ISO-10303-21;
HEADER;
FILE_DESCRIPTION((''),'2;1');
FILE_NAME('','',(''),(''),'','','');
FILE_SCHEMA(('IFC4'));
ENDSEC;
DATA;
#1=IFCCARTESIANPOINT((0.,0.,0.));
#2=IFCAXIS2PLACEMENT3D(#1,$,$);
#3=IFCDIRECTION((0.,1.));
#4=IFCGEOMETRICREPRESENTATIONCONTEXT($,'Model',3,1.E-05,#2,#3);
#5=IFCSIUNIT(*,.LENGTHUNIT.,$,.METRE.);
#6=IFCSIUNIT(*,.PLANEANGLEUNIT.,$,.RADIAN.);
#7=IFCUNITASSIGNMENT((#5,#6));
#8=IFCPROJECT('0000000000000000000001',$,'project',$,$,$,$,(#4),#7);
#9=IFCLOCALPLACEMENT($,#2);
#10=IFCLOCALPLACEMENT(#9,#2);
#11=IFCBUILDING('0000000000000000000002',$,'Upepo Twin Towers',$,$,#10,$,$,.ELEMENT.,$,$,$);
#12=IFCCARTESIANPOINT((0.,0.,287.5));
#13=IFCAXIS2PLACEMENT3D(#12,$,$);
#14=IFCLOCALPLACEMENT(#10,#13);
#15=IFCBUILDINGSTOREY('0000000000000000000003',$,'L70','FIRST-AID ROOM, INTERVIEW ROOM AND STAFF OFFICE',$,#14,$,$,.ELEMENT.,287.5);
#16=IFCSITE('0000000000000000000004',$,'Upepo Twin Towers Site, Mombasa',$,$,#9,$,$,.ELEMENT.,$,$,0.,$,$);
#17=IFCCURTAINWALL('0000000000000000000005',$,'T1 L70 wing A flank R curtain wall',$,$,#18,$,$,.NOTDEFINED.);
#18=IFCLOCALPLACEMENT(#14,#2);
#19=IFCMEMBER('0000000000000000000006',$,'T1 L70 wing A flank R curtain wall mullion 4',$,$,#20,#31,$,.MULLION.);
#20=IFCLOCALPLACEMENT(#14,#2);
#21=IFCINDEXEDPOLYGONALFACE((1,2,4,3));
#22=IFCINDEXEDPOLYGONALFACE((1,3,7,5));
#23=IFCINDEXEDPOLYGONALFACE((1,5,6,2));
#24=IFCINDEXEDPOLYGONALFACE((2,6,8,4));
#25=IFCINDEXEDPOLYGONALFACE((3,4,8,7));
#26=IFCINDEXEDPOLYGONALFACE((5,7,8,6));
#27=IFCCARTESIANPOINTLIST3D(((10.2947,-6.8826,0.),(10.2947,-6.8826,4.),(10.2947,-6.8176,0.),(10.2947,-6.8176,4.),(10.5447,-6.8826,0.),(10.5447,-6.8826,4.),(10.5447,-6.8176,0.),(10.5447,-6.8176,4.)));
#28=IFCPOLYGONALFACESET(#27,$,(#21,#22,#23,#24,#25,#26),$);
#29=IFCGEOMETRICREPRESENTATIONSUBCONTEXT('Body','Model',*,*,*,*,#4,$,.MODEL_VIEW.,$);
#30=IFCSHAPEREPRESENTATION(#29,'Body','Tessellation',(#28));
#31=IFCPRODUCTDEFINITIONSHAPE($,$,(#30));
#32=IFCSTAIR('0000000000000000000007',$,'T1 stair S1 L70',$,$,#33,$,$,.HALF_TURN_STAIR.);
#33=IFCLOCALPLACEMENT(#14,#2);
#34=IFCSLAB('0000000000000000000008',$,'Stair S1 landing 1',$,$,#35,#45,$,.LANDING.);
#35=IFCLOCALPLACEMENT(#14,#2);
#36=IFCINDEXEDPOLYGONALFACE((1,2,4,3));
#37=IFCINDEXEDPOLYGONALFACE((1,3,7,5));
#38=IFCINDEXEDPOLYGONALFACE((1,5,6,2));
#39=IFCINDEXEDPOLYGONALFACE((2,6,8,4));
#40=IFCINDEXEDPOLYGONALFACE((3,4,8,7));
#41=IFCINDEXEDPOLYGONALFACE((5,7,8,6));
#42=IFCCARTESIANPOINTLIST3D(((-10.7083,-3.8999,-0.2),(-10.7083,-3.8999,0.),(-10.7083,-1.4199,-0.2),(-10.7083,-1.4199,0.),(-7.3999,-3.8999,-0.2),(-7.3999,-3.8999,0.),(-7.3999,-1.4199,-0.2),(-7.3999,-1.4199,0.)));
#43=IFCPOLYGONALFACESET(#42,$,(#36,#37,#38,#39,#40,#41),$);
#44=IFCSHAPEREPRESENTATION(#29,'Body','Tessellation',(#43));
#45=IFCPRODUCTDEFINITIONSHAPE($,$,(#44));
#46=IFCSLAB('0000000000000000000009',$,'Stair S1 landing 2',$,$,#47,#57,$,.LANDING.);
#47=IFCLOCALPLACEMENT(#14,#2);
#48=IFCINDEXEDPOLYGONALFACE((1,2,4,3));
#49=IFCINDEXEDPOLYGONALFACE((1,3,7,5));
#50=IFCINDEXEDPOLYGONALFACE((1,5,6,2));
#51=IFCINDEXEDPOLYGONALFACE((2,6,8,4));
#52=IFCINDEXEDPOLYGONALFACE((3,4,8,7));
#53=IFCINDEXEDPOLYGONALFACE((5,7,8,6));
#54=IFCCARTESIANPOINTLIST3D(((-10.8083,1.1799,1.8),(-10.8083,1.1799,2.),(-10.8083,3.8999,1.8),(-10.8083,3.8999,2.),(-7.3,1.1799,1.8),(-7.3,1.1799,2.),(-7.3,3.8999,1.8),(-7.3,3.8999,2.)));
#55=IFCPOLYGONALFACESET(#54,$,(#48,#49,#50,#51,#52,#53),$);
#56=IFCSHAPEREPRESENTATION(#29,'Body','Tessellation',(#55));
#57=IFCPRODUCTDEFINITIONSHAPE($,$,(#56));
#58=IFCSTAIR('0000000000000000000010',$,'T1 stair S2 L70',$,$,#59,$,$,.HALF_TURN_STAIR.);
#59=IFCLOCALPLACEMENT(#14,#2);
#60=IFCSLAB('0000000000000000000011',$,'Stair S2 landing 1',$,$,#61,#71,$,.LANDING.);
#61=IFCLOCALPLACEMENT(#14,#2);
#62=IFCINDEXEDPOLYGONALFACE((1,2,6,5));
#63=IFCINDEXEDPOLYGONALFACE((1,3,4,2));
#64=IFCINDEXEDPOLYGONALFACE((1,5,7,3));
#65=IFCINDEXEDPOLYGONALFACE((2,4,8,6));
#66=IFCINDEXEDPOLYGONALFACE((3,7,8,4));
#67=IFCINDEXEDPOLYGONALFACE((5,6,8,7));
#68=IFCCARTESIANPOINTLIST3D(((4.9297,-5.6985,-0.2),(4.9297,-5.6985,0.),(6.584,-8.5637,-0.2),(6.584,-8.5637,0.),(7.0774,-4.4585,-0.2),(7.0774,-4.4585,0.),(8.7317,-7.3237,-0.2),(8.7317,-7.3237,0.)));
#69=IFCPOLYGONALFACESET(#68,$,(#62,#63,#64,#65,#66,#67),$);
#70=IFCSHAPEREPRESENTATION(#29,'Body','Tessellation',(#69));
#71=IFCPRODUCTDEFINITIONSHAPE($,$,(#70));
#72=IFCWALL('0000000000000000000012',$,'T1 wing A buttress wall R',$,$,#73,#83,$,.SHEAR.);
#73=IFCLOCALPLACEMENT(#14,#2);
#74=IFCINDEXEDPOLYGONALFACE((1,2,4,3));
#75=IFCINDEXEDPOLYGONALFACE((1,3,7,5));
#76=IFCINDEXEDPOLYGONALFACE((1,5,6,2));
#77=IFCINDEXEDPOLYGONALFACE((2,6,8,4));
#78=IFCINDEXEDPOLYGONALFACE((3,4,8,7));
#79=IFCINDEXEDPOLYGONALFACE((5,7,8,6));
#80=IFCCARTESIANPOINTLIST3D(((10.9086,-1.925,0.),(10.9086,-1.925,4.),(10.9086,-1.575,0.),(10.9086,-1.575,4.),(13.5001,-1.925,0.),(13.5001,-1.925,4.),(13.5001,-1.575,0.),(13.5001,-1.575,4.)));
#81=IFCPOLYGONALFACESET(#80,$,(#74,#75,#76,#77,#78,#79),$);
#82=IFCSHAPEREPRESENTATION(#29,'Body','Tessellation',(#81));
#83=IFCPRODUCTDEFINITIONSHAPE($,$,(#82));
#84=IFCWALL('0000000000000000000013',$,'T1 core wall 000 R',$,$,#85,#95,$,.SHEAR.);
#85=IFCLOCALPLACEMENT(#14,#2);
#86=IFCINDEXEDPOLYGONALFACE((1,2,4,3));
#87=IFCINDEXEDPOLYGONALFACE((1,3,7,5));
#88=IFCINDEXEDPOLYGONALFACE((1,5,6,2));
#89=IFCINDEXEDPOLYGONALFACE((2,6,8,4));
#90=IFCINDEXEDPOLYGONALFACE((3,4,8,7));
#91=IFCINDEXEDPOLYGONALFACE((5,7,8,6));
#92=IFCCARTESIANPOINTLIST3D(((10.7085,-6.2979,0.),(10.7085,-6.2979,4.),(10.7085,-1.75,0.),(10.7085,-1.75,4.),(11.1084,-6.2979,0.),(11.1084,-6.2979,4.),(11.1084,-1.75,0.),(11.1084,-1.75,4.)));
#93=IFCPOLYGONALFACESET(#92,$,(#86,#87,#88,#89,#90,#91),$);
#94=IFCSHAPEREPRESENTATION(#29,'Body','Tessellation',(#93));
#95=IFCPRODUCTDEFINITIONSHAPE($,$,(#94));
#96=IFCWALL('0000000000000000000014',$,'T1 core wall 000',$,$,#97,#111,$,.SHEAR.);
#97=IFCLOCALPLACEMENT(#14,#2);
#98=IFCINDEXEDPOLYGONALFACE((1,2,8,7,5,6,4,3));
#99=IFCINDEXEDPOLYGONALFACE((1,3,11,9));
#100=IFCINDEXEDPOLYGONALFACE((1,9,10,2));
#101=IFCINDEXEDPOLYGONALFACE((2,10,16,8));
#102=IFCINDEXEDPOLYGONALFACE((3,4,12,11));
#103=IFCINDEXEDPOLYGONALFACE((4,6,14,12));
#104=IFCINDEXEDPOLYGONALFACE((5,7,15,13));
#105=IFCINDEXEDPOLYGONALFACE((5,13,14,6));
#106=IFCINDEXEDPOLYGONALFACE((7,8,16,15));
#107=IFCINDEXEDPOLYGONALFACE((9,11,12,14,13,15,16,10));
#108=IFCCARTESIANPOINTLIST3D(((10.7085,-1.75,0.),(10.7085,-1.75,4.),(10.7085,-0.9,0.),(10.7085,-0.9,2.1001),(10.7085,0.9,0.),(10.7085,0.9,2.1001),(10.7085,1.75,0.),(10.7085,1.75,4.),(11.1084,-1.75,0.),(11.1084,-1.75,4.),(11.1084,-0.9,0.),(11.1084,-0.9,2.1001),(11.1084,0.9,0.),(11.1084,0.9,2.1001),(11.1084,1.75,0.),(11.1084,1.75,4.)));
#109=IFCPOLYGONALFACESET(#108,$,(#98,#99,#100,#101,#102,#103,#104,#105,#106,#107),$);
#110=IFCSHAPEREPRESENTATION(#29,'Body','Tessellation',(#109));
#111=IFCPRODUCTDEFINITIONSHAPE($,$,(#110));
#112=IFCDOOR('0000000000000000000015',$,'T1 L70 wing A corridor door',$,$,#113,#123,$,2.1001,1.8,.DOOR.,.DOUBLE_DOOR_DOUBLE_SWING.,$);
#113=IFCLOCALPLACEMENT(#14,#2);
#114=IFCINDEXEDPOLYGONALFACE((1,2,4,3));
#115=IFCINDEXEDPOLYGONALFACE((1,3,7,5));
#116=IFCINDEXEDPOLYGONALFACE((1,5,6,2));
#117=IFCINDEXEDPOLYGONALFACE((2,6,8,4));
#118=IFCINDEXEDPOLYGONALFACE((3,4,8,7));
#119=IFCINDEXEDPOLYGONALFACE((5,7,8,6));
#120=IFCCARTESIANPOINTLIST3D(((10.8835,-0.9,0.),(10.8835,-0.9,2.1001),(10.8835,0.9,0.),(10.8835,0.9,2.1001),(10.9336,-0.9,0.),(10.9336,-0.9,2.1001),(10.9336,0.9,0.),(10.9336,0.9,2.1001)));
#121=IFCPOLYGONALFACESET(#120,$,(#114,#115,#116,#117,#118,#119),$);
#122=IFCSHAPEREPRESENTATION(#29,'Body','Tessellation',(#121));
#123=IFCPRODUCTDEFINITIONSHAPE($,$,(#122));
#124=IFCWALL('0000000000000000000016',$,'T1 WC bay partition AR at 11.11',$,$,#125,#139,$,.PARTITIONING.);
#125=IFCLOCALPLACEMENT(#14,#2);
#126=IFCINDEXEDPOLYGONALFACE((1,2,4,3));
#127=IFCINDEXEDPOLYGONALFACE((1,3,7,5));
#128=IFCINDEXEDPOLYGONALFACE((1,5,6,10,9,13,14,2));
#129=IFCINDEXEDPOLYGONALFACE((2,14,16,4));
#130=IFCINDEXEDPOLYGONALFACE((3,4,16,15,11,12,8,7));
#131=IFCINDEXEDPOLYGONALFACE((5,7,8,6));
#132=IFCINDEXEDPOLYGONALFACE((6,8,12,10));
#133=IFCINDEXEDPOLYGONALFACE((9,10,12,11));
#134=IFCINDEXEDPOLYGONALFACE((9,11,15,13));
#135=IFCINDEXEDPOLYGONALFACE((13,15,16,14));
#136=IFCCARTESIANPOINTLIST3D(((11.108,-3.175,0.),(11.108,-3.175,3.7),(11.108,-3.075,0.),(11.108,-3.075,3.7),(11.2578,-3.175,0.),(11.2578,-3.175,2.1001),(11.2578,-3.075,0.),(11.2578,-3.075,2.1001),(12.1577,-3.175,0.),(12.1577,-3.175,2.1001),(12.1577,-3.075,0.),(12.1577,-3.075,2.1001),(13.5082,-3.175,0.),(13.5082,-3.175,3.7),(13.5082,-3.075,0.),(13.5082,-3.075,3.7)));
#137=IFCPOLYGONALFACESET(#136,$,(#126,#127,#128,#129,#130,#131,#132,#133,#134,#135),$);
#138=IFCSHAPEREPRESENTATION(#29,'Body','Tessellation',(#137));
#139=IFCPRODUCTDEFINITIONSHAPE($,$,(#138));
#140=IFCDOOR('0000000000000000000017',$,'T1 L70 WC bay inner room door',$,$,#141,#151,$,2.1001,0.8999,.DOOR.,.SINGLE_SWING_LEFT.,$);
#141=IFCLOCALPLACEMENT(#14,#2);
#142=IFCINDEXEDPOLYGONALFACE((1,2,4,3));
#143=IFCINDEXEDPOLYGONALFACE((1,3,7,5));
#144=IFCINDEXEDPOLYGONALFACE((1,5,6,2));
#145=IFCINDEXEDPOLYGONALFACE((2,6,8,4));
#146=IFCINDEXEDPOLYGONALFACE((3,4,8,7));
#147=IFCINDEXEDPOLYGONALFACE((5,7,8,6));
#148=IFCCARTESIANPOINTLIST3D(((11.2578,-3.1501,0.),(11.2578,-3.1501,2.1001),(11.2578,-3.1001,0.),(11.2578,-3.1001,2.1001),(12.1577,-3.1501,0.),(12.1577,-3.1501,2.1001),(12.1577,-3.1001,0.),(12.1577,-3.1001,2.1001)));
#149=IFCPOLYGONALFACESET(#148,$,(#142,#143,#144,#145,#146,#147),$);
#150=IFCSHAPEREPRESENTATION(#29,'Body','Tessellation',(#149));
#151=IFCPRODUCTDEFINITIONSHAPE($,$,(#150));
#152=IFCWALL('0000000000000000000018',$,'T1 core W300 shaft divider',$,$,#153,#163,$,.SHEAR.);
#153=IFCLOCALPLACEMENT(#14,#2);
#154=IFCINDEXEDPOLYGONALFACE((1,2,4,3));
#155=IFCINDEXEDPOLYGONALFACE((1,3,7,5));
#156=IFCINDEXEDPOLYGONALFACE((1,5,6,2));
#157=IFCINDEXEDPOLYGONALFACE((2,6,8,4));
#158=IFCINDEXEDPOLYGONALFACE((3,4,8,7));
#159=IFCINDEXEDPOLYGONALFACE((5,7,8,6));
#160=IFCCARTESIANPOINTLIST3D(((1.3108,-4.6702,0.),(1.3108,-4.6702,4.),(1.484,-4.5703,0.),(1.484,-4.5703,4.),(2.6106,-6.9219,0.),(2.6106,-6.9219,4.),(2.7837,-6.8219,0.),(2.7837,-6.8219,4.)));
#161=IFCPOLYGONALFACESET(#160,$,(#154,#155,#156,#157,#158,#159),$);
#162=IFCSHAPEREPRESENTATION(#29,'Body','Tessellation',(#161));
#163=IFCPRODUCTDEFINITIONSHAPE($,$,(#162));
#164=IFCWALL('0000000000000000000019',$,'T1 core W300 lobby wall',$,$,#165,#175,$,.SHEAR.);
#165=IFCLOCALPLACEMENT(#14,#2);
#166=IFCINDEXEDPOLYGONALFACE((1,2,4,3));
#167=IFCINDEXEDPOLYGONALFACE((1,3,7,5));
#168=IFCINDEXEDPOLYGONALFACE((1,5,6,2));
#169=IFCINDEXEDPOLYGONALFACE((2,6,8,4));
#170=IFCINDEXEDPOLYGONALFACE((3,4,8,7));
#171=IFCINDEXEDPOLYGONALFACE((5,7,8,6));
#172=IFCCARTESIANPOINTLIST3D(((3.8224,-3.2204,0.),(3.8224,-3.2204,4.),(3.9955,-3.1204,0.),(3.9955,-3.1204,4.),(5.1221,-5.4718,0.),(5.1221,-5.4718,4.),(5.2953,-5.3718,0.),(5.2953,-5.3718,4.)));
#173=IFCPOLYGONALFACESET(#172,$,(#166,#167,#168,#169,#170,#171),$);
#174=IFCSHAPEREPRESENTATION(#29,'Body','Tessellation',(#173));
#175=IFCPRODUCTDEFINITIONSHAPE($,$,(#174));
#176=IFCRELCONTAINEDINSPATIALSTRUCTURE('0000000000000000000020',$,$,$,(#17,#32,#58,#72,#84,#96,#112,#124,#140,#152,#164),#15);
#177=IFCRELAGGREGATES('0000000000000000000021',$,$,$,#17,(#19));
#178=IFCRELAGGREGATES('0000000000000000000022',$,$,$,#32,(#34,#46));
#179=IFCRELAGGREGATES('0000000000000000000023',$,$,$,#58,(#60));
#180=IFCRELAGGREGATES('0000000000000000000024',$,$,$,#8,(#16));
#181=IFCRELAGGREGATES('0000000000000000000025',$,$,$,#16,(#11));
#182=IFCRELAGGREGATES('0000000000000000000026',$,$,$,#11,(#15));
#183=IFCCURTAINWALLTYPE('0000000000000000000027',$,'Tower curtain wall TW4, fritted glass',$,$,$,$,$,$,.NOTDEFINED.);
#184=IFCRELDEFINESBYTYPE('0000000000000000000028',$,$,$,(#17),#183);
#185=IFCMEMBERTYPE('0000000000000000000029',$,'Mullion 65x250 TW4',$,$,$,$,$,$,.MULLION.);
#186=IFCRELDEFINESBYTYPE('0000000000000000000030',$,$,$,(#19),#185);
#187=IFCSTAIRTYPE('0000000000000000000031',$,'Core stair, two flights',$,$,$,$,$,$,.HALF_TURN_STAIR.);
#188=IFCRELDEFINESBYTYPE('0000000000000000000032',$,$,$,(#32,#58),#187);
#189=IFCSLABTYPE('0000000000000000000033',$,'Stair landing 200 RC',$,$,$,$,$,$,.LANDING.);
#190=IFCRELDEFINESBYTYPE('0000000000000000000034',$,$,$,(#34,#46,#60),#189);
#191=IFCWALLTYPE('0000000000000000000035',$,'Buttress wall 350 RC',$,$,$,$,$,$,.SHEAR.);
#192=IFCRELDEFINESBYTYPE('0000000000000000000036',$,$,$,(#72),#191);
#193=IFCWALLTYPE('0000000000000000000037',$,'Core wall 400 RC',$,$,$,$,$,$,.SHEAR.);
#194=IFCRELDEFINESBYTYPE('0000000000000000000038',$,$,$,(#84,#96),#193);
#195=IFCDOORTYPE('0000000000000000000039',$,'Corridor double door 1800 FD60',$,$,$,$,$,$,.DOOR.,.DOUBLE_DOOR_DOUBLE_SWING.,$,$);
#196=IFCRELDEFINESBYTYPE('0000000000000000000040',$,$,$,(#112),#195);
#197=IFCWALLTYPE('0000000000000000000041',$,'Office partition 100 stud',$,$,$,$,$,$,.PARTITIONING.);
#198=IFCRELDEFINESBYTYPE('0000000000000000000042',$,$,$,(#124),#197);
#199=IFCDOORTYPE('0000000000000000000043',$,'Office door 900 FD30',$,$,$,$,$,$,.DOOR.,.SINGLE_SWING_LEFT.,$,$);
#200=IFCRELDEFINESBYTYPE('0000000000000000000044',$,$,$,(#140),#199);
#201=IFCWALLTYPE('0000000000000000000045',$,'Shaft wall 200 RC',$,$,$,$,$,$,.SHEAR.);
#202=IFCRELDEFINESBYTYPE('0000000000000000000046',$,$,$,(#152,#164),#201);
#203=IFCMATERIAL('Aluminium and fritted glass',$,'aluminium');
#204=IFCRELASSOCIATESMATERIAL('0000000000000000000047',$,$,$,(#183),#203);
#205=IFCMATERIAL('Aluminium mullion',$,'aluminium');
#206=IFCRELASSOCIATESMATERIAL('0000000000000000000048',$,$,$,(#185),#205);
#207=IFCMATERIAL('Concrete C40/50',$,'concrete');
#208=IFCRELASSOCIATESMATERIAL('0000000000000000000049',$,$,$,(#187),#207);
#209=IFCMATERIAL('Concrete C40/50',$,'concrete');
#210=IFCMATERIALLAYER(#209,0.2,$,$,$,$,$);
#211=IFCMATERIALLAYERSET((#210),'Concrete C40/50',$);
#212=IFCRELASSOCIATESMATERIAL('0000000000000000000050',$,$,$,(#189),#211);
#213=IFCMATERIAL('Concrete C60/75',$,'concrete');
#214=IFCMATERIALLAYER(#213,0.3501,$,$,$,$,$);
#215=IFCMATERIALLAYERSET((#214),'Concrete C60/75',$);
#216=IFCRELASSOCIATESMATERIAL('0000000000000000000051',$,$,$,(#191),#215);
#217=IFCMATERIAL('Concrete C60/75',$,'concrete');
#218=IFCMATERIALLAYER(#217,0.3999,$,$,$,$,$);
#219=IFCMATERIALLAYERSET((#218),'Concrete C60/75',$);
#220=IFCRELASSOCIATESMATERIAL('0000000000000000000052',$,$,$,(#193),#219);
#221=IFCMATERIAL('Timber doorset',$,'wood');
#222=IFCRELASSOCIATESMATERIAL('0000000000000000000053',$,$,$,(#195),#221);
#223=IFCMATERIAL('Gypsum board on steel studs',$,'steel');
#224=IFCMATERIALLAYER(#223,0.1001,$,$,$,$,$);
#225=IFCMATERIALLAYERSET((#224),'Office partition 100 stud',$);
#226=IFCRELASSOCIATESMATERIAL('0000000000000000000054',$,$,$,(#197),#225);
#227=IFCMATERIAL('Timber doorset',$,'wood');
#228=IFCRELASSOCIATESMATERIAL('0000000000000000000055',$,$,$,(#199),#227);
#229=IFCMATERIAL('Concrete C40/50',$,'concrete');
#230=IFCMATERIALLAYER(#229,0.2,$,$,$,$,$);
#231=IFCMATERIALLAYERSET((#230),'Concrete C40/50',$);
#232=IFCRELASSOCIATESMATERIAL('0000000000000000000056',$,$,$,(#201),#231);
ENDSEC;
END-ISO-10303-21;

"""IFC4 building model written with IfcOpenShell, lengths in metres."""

from ifc_helpers import new_model, si_unit, direction, frame, frame_2d, origin, origin_2d, place, context, subcontext, project, spatial, polyline, rectangle, outline, extrude, material, layer, layer_set, material_profile, profile_set, type_object, element, fill, aggregate, save


model = new_model("IFC4")

# Units and contexts
model_context = context("Model", 3, precision=1e-05, world=origin(), true_north=direction((0.0, 1.0)))
body_context = subcontext(model_context, "Body", "Model", "MODEL_VIEW")
ifc_project = project(units=[si_unit("LENGTHUNIT", "METRE"), si_unit("PLANEANGLEUNIT", "RADIAN")], contexts=[model_context])

# Site, building, storey
site_placement = place(None, origin())
site = spatial("IfcSite", under=ifc_project, at=site_placement, Name="Upepo Twin Towers Site, Mombasa", CompositionType="ELEMENT", RefElevation=0.0)
building_placement = place(site_placement, origin())
building = spatial("IfcBuilding", under=site, at=building_placement, Name="Upepo Twin Towers", CompositionType="ELEMENT")
storey_placement = place(building_placement, frame((0.0, 0.0, 287.5)))
storey = spatial("IfcBuildingStorey", under=building, at=storey_placement, Name="L70", Description="FIRST-AID ROOM, INTERVIEW ROOM AND STAFF OFFICE", CompositionType="ELEMENT", Elevation=287.5)

# Curtain wall, member
ifc_material_1 = material(Name="Aluminium and fritted glass", Category="aluminium")
curtain_wall_type = type_object("IfcCurtainWallType", Name="Tower curtain wall TW4, fritted glass", PredefinedType="NOTDEFINED", material=ifc_material_1)
curtain_wall_placement = place(storey_placement, origin())
curtain_wall = element("IfcCurtainWall", 1, at=curtain_wall_placement, inside=storey, type_object=curtain_wall_type, Name="T1 L70 wing A flank R curtain wall", PredefinedType="NOTDEFINED")
ifc_material_2 = material(Name="Aluminium mullion", Category="aluminium")
ifc_material_profile = material_profile(ifc_material_2, rectangle(XDim=0.0649, YDim=0.25, at=origin_2d()), Name="MULLION 65x250")
ifc_profile_set = profile_set([ifc_material_profile], Name="Aluminium mullion")
member_type = type_object("IfcMemberType", Name="Mullion 65x250 TW4", PredefinedType="MULLION", material=ifc_profile_set)
member_placement = place(storey_placement, frame((10.4197, -6.8501, 0.0), z_axis=(0.0, 0.0, 1.0), x_axis=(0.0, -1.0, 0.0)))
member = element("IfcMember", 2, at=member_placement, type_object=member_type, Name="T1 L70 wing A flank R curtain wall mullion 4", PredefinedType="MULLION", context=body_context, shape_type="SweptSolid", body=[
    extrude(rectangle(XDim=0.0649, YDim=0.25, at=origin_2d()), origin(), (0.0, 0.0, 1.0), 4.0),
])
aggregate(curtain_wall, [member])

# Stair, slabs
ifc_material_3 = material(Name="Concrete C40/50", Category="concrete")
stair_type = type_object("IfcStairType", Name="Core stair, two flights", PredefinedType="HALF_TURN_STAIR", material=ifc_material_3)
stair_1_placement = place(storey_placement, origin())
stair_1 = element("IfcStair", 3, at=stair_1_placement, inside=storey, type_object=stair_type, Name="T1 stair S1 L70", PredefinedType="HALF_TURN_STAIR")
ifc_material_4 = material(Name="Concrete C40/50", Category="concrete")
ifc_layer_1 = layer(ifc_material_4, 0.2)
ifc_layer_set_1 = layer_set([ifc_layer_1], Name="Concrete C40/50")
slab_type = type_object("IfcSlabType", Name="Stair landing 200 RC", PredefinedType="LANDING", material=ifc_layer_set_1)
slab_1_placement = place(storey_placement, frame((0.0, 0.0, -0.2)))
slab_1 = element("IfcSlab", 4, at=slab_1_placement, type_object=slab_type, Name="Stair S1 landing 1", PredefinedType="LANDING", context=body_context, shape_type="SweptSolid", body=[
    extrude(outline(polyline([(-7.3999, -1.4199), (-10.7083, -1.4199), (-10.7083, -3.8999), (-7.3999, -3.8999), (-7.3999, -1.4199)])), origin(), (0.0, 0.0, 1.0), 0.2),
])
slab_2_placement = place(storey_placement, frame((0.0, 0.0, 1.8)))
slab_2 = element("IfcSlab", 5, at=slab_2_placement, type_object=slab_type, Name="Stair S1 landing 2", PredefinedType="LANDING", context=body_context, shape_type="SweptSolid", body=[
    extrude(outline(polyline([(-7.3, 3.8999), (-10.8083, 3.8999), (-10.8083, 1.1799), (-7.3, 1.1799), (-7.3, 3.8999)])), origin(), (0.0, 0.0, 1.0), 0.2),
])
aggregate(stair_1, [slab_1, slab_2])

# Stair, slab
stair_2_placement = place(storey_placement, origin())
stair_2 = element("IfcStair", 6, at=stair_2_placement, inside=storey, type_object=stair_type, Name="T1 stair S2 L70", PredefinedType="HALF_TURN_STAIR")
slab_3_placement = place(storey_placement, frame((0.0, 0.0, -0.2)))
slab_3 = element("IfcSlab", 7, at=slab_3_placement, type_object=slab_type, Name="Stair S2 landing 1", PredefinedType="LANDING", context=body_context, shape_type="SweptSolid", body=[
    extrude(outline(polyline([(4.9297, -5.6985), (6.584, -8.5637), (8.7317, -7.3237), (7.0774, -4.4585), (4.9297, -5.6985)])), origin(), (0.0, 0.0, 1.0), 0.2),
])

# Walls
ifc_material_5 = material(Name="Concrete C60/75", Category="concrete")
ifc_layer_2 = layer(ifc_material_5, 0.3501)
ifc_layer_set_2 = layer_set([ifc_layer_2], Name="Concrete C60/75")
wall_type_1 = type_object("IfcWallType", Name="Buttress wall 350 RC", PredefinedType="SHEAR", material=ifc_layer_set_2)
wall_1_placement = place(storey_placement, frame((10.9084, -1.75, 0.0), z_axis=(0.0, 0.0, 1.0), x_axis=(1.0, 0.0, 0.0)))
element("IfcWall", 8, at=wall_1_placement, inside=storey, type_object=wall_type_1, Name="T1 wing A buttress wall R", PredefinedType="SHEAR", context=body_context, shape_type="SweptSolid", body=[
    extrude(rectangle(XDim=2.5916, YDim=0.3501, at=frame_2d((1.2959, 0.0))), origin(), (0.0, 0.0, 1.0), 4.0),
])
ifc_material_6 = material(Name="Concrete C60/75", Category="concrete")
ifc_layer_3 = layer(ifc_material_6, 0.3999)
ifc_layer_set_3 = layer_set([ifc_layer_3], Name="Concrete C60/75")
wall_type_2 = type_object("IfcWallType", Name="Core wall 400 RC", PredefinedType="SHEAR", material=ifc_layer_set_3)
wall_2_placement = place(storey_placement, frame((10.9084, -6.2979, 0.0), z_axis=(0.0, 0.0, 1.0), x_axis=(0.0, 1.0, 0.0)))
element("IfcWall", 9, at=wall_2_placement, inside=storey, type_object=wall_type_2, Name="T1 core wall 000 R", PredefinedType="SHEAR", context=body_context, shape_type="SweptSolid", body=[
    extrude(rectangle(XDim=4.5479, YDim=0.3999, at=frame_2d((2.2739, 0.0))), origin(), (0.0, 0.0, 1.0), 4.0),
])

# Walls, openings, doors
wall_3_placement = place(storey_placement, frame((10.9084, -1.75, 0.0), z_axis=(0.0, 0.0, 1.0), x_axis=(0.0, 1.0, 0.0)))
wall_3 = element("IfcWall", 10, at=wall_3_placement, inside=storey, type_object=wall_type_2, Name="T1 core wall 000", PredefinedType="SHEAR", context=body_context, shape_type="SweptSolid", body=[
    extrude(rectangle(XDim=3.5, YDim=0.3999, at=frame_2d((1.75, 0.0))), origin(), (0.0, 0.0, 1.0), 4.0),
])
opening_1_placement = place(wall_3_placement, frame((0.8501, 0.0, 0.0)))
opening_1 = element("IfcOpeningElement", 11, at=opening_1_placement, cuts=wall_3, PredefinedType="OPENING", context=body_context, shape_type="SweptSolid", body=[
    extrude(rectangle(XDim=1.8, YDim=2.1001, at=frame_2d((0.8999, 1.05))), frame((0.0, 0.21, 0.0), z_axis=(0.0, -1.0, 0.0), x_axis=(1.0, 0.0, 0.0)), (0.0, 0.0, 1.0), 0.4199),
])
ifc_material_7 = material(Name="Timber doorset", Category="wood")
door_type_1 = type_object("IfcDoorType", Name="Corridor double door 1800 FD60", OperationType="DOUBLE_DOOR_DOUBLE_SWING", PredefinedType="DOOR", material=ifc_material_7)
door_1_placement = place(opening_1_placement, origin())
door_1 = element("IfcDoor", 12, at=door_1_placement, inside=storey, type_object=door_type_1, Name="T1 L70 wing A corridor door", OperationType="DOUBLE_DOOR_DOUBLE_SWING", OverallHeight=2.1001, OverallWidth=1.8, PredefinedType="DOOR", context=body_context, shape_type="SweptSolid", body=[
    extrude(rectangle(XDim=1.8, YDim=2.1001, at=frame_2d((0.8999, 1.05))), frame((0.0, 0.0249, 0.0), z_axis=(0.0, -1.0, 0.0), x_axis=(1.0, 0.0, 0.0)), (0.0, 0.0, 1.0), 0.05),
])
fill(opening_1, door_1)
ifc_material_8 = material(Name="Gypsum board on steel studs", Category="steel")
ifc_layer_4 = layer(ifc_material_8, 0.1001)
ifc_layer_set_4 = layer_set([ifc_layer_4], Name="Office partition 100 stud")
wall_type_3 = type_object("IfcWallType", Name="Office partition 100 stud", PredefinedType="PARTITIONING", material=ifc_layer_set_4)
wall_4_placement = place(storey_placement, frame((11.1079, -3.125, 0.0), z_axis=(0.0, 0.0, 1.0), x_axis=(1.0, 0.0, 0.0)))
wall_4 = element("IfcWall", 13, at=wall_4_placement, inside=storey, type_object=wall_type_3, Name="T1 WC bay partition AR at 11.11", PredefinedType="PARTITIONING", context=body_context, shape_type="SweptSolid", body=[
    extrude(rectangle(XDim=2.4001, YDim=0.1001, at=frame_2d((1.2002, 0.0))), origin(), (0.0, 0.0, 1.0), 3.7),
])
opening_2_placement = place(wall_4_placement, frame((0.1499, 0.0, 0.0)))
opening_2 = element("IfcOpeningElement", 14, at=opening_2_placement, cuts=wall_4, PredefinedType="OPENING", context=body_context, shape_type="SweptSolid", body=[
    extrude(rectangle(XDim=0.8999, YDim=2.1001, at=frame_2d((0.45, 1.05))), frame((0.0, 0.0601, 0.0), z_axis=(0.0, -1.0, 0.0), x_axis=(1.0, 0.0, 0.0)), (0.0, 0.0, 1.0), 0.1201),
])
ifc_material_9 = material(Name="Timber doorset", Category="wood")
door_type_2 = type_object("IfcDoorType", Name="Office door 900 FD30", OperationType="SINGLE_SWING_LEFT", PredefinedType="DOOR", material=ifc_material_9)
door_2_placement = place(opening_2_placement, origin())
door_2 = element("IfcDoor", 15, at=door_2_placement, inside=storey, type_object=door_type_2, Name="T1 L70 WC bay inner room door", OperationType="SINGLE_SWING_LEFT", OverallHeight=2.1001, OverallWidth=0.8999, PredefinedType="DOOR", context=body_context, shape_type="SweptSolid", body=[
    extrude(rectangle(XDim=0.8999, YDim=2.1001, at=frame_2d((0.45, 1.05))), frame((0.0, 0.0249, 0.0), z_axis=(0.0, -1.0, 0.0), x_axis=(1.0, 0.0, 0.0)), (0.0, 0.0, 1.0), 0.05),
])
fill(opening_2, door_2)

# Walls
ifc_material_10 = material(Name="Concrete C40/50", Category="concrete")
ifc_layer_5 = layer(ifc_material_10, 0.2)
ifc_layer_set_5 = layer_set([ifc_layer_5], Name="Concrete C40/50")
wall_type_4 = type_object("IfcWallType", Name="Shaft wall 200 RC", PredefinedType="SHEAR", material=ifc_layer_set_5)
wall_5_placement = place(storey_placement, frame((1.3975, -4.6204, 0.0), z_axis=(0.0, 0.0, 1.0), x_axis=(0.499937, -0.866062, 0.0)))
element("IfcWall", 16, at=wall_5_placement, inside=storey, type_object=wall_type_4, Name="T1 core W300 shaft divider", PredefinedType="SHEAR", context=body_context, shape_type="SweptSolid", body=[
    extrude(rectangle(XDim=2.5999, YDim=0.2, at=frame_2d((1.2998, 0.0))), origin(), (0.0, 0.0, 1.0), 4.0),
])
wall_6_placement = place(storey_placement, frame((3.9089, -3.1704, 0.0), z_axis=(0.0, 0.0, 1.0), x_axis=(0.499977, -0.866039, 0.0)))
element("IfcWall", 17, at=wall_6_placement, inside=storey, type_object=wall_type_4, Name="T1 core W300 lobby wall", PredefinedType="SHEAR", context=body_context, shape_type="SweptSolid", body=[
    extrude(rectangle(XDim=2.5996, YDim=0.2, at=frame_2d((1.2998, 0.0))), origin(), (0.0, 0.0, 1.0), 4.0),
])

aggregate(stair_2, [slab_3])

save(model, "model.ifc")
